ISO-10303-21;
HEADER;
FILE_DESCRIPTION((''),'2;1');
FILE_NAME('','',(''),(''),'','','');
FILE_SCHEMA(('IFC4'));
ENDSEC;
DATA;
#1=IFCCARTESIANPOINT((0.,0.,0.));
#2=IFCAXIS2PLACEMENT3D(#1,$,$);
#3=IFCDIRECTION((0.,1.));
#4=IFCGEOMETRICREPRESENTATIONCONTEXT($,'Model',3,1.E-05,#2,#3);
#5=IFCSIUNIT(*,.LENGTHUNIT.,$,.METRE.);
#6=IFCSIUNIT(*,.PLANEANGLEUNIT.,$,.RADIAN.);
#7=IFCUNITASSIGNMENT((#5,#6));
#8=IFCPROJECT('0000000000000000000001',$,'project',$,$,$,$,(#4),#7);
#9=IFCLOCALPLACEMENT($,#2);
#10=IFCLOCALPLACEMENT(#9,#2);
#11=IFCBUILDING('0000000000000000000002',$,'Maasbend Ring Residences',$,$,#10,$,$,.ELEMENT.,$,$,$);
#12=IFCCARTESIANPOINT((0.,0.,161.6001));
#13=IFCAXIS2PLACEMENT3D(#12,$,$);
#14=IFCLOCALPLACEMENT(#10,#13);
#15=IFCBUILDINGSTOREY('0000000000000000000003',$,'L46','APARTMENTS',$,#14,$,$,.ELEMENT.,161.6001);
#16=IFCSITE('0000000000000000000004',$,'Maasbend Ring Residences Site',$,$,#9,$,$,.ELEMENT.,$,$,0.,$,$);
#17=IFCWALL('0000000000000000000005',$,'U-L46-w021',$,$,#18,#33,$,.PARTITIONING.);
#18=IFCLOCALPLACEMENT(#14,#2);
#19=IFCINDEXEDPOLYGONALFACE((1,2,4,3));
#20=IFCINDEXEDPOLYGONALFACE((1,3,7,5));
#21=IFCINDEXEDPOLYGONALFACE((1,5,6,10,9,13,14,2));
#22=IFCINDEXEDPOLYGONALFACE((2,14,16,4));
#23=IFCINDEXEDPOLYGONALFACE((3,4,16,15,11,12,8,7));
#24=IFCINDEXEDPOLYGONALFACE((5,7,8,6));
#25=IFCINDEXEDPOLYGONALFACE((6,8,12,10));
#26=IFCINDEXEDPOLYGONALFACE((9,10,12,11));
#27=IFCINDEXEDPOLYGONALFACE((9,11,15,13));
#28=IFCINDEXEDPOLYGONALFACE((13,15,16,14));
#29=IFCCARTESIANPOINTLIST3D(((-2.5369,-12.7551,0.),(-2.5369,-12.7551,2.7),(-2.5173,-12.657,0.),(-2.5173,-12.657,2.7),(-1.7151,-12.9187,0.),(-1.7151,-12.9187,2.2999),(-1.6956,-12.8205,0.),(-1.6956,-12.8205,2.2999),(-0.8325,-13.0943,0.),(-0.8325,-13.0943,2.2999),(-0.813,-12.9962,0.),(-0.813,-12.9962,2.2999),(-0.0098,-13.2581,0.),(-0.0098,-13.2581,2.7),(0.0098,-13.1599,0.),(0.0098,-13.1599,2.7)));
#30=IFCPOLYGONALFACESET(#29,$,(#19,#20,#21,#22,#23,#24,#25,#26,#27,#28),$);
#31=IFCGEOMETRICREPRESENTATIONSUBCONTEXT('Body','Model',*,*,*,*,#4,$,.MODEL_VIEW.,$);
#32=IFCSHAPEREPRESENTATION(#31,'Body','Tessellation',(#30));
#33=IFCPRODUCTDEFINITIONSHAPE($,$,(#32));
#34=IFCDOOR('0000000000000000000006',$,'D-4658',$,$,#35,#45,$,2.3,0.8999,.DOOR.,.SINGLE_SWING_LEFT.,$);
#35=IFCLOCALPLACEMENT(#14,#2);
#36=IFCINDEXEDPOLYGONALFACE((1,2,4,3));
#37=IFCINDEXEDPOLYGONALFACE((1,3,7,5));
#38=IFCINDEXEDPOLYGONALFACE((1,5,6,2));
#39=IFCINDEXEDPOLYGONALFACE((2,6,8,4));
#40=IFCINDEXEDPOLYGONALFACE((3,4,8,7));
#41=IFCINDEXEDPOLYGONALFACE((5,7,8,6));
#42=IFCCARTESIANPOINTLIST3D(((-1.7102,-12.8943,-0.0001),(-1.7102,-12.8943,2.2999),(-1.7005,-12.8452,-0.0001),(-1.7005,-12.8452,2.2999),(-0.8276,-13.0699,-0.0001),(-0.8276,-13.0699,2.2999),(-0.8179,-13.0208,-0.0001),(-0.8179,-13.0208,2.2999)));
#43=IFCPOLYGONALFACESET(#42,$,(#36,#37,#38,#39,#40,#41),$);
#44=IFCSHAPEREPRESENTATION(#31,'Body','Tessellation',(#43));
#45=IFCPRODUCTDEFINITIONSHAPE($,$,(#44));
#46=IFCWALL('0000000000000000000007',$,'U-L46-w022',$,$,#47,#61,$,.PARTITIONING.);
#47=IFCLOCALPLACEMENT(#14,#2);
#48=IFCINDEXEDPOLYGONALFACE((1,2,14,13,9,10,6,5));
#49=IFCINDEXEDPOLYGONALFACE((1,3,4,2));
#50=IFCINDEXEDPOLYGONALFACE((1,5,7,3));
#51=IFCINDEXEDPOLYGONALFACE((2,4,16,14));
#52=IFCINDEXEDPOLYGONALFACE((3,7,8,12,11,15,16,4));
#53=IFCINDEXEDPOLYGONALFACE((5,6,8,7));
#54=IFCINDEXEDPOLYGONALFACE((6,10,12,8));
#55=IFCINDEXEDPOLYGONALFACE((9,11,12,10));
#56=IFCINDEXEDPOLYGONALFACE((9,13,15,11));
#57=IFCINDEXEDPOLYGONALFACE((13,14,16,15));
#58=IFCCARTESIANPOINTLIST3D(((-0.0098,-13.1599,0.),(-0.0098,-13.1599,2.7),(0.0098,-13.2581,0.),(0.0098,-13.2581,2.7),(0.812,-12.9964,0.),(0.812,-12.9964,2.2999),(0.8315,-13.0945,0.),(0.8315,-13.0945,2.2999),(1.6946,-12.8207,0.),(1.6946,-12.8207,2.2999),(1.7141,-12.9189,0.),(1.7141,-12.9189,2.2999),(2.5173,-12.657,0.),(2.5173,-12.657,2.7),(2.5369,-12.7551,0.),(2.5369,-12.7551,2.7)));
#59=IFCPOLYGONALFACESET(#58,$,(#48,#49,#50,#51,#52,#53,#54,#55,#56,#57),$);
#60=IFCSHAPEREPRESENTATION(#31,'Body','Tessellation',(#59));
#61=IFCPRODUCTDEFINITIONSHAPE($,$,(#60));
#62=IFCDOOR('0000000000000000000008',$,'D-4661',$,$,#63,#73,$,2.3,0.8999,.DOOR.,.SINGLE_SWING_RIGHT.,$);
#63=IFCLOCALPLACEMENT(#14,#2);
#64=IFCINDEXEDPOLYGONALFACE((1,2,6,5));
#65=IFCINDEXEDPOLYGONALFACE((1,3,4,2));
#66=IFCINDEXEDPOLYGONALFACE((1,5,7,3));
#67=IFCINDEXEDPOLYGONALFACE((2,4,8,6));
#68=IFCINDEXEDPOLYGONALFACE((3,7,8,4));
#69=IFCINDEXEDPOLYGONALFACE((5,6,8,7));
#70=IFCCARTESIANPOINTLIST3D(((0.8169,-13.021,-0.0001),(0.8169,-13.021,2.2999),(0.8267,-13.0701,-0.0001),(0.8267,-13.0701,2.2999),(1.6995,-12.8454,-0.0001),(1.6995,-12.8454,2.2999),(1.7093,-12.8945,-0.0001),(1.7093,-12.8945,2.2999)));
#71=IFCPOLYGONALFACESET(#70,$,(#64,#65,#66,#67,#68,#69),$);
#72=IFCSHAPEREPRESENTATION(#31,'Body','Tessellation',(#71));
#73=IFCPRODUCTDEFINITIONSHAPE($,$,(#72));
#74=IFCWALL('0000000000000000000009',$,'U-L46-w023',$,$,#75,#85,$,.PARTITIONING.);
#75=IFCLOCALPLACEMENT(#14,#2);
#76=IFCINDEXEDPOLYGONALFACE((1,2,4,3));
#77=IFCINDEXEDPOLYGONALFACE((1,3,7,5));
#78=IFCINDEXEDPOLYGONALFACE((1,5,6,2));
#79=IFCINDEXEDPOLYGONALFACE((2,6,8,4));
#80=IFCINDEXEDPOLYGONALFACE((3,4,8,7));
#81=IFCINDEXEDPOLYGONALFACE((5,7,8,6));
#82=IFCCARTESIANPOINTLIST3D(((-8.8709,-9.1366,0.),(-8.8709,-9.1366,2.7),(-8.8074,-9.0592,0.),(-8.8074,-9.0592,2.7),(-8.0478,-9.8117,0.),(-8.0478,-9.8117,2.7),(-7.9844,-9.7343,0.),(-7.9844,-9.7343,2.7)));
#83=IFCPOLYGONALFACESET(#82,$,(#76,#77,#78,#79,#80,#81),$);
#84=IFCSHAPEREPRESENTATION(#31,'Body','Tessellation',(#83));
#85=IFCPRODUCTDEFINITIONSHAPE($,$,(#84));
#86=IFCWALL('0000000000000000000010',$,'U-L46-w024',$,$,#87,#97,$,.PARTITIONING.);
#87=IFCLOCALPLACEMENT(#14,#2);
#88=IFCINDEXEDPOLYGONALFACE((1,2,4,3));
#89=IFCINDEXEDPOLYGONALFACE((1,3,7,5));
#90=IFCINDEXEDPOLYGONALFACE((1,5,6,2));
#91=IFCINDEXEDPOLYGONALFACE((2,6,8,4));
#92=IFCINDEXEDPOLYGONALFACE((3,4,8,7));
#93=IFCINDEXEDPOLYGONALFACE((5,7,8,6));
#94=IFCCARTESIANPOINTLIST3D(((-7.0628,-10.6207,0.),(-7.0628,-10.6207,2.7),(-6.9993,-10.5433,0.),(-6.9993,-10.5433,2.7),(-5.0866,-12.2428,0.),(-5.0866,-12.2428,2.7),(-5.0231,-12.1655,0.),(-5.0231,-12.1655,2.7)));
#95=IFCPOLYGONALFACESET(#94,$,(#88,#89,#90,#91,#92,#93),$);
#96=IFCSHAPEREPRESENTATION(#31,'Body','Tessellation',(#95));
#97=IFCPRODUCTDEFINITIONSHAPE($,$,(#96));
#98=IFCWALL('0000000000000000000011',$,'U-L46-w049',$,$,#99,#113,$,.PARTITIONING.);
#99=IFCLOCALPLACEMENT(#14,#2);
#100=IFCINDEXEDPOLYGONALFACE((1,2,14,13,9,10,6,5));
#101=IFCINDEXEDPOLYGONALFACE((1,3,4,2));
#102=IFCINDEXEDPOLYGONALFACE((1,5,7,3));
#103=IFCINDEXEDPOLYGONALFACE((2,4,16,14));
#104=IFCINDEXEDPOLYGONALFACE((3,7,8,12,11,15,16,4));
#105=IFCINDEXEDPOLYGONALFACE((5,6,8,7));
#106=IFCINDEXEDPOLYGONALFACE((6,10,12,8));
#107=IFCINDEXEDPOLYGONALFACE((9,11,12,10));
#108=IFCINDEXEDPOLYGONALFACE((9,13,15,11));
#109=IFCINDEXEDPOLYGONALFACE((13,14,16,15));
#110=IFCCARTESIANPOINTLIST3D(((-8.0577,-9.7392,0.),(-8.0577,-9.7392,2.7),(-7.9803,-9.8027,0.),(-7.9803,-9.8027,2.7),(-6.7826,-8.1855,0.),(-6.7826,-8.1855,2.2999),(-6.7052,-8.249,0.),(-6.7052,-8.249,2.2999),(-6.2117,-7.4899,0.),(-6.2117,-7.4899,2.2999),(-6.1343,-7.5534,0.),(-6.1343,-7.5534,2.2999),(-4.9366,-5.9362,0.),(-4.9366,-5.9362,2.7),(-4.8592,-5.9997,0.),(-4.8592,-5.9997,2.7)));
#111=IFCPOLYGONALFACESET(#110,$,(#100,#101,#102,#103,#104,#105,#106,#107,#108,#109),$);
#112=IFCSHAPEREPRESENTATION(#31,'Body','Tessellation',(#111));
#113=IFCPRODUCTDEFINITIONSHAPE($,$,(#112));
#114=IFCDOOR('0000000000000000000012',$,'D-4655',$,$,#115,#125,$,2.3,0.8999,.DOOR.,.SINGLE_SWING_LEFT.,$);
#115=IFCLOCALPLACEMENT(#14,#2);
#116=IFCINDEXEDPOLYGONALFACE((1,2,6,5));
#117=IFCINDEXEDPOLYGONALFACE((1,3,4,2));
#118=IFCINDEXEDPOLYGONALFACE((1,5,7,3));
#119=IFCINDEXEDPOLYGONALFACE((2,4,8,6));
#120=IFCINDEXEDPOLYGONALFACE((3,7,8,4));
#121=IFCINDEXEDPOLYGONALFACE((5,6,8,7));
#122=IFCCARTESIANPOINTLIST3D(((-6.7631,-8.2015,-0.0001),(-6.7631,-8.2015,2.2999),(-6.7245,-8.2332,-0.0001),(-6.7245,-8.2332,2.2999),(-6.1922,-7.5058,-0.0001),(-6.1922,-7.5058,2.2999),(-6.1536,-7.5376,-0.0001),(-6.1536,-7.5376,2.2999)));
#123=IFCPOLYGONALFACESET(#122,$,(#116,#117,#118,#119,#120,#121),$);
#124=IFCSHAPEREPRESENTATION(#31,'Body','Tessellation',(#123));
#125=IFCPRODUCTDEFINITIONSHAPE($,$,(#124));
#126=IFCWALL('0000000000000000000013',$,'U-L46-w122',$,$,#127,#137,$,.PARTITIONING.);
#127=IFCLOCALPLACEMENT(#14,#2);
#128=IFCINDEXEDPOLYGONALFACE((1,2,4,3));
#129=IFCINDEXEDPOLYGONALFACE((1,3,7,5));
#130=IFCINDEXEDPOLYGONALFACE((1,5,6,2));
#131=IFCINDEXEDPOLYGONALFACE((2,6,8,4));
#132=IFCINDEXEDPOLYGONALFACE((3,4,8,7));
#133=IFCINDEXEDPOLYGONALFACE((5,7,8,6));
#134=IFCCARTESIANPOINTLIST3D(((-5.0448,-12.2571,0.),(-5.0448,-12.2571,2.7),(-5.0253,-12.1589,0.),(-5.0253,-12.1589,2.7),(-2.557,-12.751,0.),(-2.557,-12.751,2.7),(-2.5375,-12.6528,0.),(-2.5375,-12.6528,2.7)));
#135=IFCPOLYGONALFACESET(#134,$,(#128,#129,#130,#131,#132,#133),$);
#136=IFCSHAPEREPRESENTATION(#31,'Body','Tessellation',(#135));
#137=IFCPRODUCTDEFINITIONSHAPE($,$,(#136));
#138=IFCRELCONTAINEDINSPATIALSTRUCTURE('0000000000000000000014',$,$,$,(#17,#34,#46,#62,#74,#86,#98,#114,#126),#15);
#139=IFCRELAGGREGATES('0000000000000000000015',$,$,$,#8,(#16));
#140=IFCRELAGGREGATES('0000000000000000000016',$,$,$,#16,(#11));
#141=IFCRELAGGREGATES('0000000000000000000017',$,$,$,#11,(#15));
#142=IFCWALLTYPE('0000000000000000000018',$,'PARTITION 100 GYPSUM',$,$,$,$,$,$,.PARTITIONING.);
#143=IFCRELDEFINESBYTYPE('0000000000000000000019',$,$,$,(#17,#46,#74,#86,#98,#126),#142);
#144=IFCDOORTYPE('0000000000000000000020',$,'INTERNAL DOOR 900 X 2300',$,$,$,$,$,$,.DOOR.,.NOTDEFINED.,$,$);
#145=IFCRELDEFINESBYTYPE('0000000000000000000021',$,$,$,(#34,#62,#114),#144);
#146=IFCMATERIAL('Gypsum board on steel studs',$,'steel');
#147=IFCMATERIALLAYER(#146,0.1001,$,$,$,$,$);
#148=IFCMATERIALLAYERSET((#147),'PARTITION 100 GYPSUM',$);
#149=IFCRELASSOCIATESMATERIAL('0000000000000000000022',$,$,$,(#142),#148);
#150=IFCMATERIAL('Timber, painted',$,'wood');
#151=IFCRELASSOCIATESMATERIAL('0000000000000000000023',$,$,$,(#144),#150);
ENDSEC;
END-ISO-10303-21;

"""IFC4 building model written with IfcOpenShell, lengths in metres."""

from ifc_helpers import new_model, si_unit, direction, frame, frame_2d, origin, place, context, subcontext, project, spatial, rectangle, extrude, material, layer, layer_set, type_object, element, fill, save


model = new_model("IFC4")

# Units and contexts
model_context = context("Model", 3, precision=1e-05, world=origin(), true_north=direction((0.0, 1.0)))
body_context = subcontext(model_context, "Body", "Model", "MODEL_VIEW")
ifc_project = project(units=[si_unit("LENGTHUNIT", "METRE"), si_unit("PLANEANGLEUNIT", "RADIAN")], contexts=[model_context])

# Site, building, storey
site_placement = place(None, origin())
site = spatial("IfcSite", under=ifc_project, at=site_placement, Name="Maasbend Ring Residences Site", CompositionType="ELEMENT", RefElevation=0.0)
building_placement = place(site_placement, origin())
building = spatial("IfcBuilding", under=site, at=building_placement, Name="Maasbend Ring Residences", CompositionType="ELEMENT")
storey_placement = place(building_placement, frame((0.0, 0.0, 161.6001)))
storey = spatial("IfcBuildingStorey", under=building, at=storey_placement, Name="L46", Description="APARTMENTS", CompositionType="ELEMENT", Elevation=161.6001)

# Walls, openings, doors
ifc_material_1 = material(Name="Gypsum board on steel studs", Category="steel")
ifc_layer_1 = layer(ifc_material_1, 0.1001)
ifc_layer_set_1 = layer_set([ifc_layer_1], Name="PARTITION 100 GYPSUM")
wall_type = type_object("IfcWallType", Name="PARTITION 100 GYPSUM", PredefinedType="PARTITIONING", material=ifc_layer_set_1)
wall_1_placement = place(storey_placement, frame((-2.5271, -12.7061, 0.0), z_axis=(0.0, 0.0, 1.0), x_axis=(0.980766, -0.195187, 0.0)))
wall_1 = element("IfcWall", 1, at=wall_1_placement, inside=storey, type_object=wall_type, Name="U-L46-w021", PredefinedType="PARTITIONING", context=body_context, shape_type="SweptSolid", body=[
    extrude(rectangle(XDim=2.5767, YDim=0.1001, at=frame_2d((1.2883, 0.0))), origin(), (0.0, 0.0, 1.0), 2.7),
])
opening_1_placement = place(wall_1_placement, frame((0.8379, 0.0, 0.0)))
opening_1 = element("IfcOpeningElement", 2, at=opening_1_placement, cuts=wall_1, PredefinedType="OPENING", context=body_context, shape_type="SweptSolid", body=[
    extrude(rectangle(XDim=0.8999, YDim=2.3, at=frame_2d((0.45, 1.1499))), frame((0.0, 0.0601, 0.0), z_axis=(0.0, -1.0, 0.0), x_axis=(1.0, 0.0, 0.0)), (0.0, 0.0, 1.0), 0.1201),
])
ifc_material_2 = material(Name="Timber, painted", Category="wood")
door_type = type_object("IfcDoorType", Name="INTERNAL DOOR 900 X 2300", OperationType="NOTDEFINED", PredefinedType="DOOR", material=ifc_material_2)
door_1_placement = place(opening_1_placement, origin())
door_1 = element("IfcDoor", 3, at=door_1_placement, inside=storey, type_object=door_type, Name="D-4658", OperationType="SINGLE_SWING_LEFT", OverallHeight=2.3, OverallWidth=0.8999, PredefinedType="DOOR", context=body_context, shape_type="SweptSolid", body=[
    extrude(rectangle(XDim=0.8999, YDim=2.3, at=frame_2d((0.45, 1.1499))), frame((0.0, 0.0249, 0.0), z_axis=(0.0, -1.0, 0.0), x_axis=(1.0, 0.0, 0.0)), (0.0, 0.0, 1.0), 0.05),
])
fill(opening_1, door_1)
wall_2_placement = place(storey_placement, frame((0.0, -13.209, 0.0), z_axis=(0.0, 0.0, 1.0), x_axis=(0.980766, 0.195187, 0.0)))
wall_2 = element("IfcWall", 4, at=wall_2_placement, inside=storey, type_object=wall_type, Name="U-L46-w022", PredefinedType="PARTITIONING", context=body_context, shape_type="SweptSolid", body=[
    extrude(rectangle(XDim=2.5767, YDim=0.1001, at=frame_2d((1.2883, 0.0))), origin(), (0.0, 0.0, 1.0), 2.7),
])
opening_2_placement = place(wall_2_placement, frame((0.8379, 0.0, 0.0)))
opening_2 = element("IfcOpeningElement", 5, at=opening_2_placement, cuts=wall_2, PredefinedType="OPENING", context=body_context, shape_type="SweptSolid", body=[
    extrude(rectangle(XDim=0.8999, YDim=2.3, at=frame_2d((0.45, 1.1499))), frame((0.0, 0.0601, 0.0), z_axis=(0.0, -1.0, 0.0), x_axis=(1.0, 0.0, 0.0)), (0.0, 0.0, 1.0), 0.1201),
])
door_2_placement = place(opening_2_placement, origin())
door_2 = element("IfcDoor", 6, at=door_2_placement, inside=storey, type_object=door_type, Name="D-4661", OperationType="SINGLE_SWING_RIGHT", OverallHeight=2.3, OverallWidth=0.8999, PredefinedType="DOOR", context=body_context, shape_type="SweptSolid", body=[
    extrude(rectangle(XDim=0.8999, YDim=2.3, at=frame_2d((0.45, 1.1499))), frame((0.0, 0.0249, 0.0), z_axis=(0.0, -1.0, 0.0), x_axis=(1.0, 0.0, 0.0)), (0.0, 0.0, 1.0), 0.05),
])
fill(opening_2, door_2)

# Walls
wall_3_placement = place(storey_placement, frame((-8.8391, -9.0979, 0.0), z_axis=(0.0, 0.0, 1.0), x_axis=(0.77318, -0.634187, 0.0)))
element("IfcWall", 7, at=wall_3_placement, inside=storey, type_object=wall_type, Name="U-L46-w023", PredefinedType="PARTITIONING", context=body_context, shape_type="SweptSolid", body=[
    extrude(rectangle(XDim=1.0645, YDim=0.1001, at=frame_2d((0.5322, 0.0))), origin(), (0.0, 0.0, 1.0), 2.7),
])
wall_4_placement = place(storey_placement, frame((-7.031, -10.582, 0.0), z_axis=(0.0, 0.0, 1.0), x_axis=(0.772944, -0.634475, 0.0)))
element("IfcWall", 8, at=wall_4_placement, inside=storey, type_object=wall_type, Name="U-L46-w024", PredefinedType="PARTITIONING", context=body_context, shape_type="SweptSolid", body=[
    extrude(rectangle(XDim=2.5566, YDim=0.1001, at=frame_2d((1.2783, 0.0))), origin(), (0.0, 0.0, 1.0), 2.7),
])

# Wall, opening, door
wall_5_placement = place(storey_placement, frame((-8.019, -9.771, 0.0), z_axis=(0.0, 0.0, 1.0), x_axis=(0.634402, 0.773003, 0.0)))
wall_5 = element("IfcWall", 9, at=wall_5_placement, inside=storey, type_object=wall_type, Name="U-L46-w049", PredefinedType="PARTITIONING", context=body_context, shape_type="SweptSolid", body=[
    extrude(rectangle(XDim=4.9197, YDim=0.1001, at=frame_2d((2.46, 0.0))), origin(), (0.0, 0.0, 1.0), 2.7),
])
opening_3_placement = place(wall_5_placement, frame((2.01, 0.0, 0.0)))
opening_3 = element("IfcOpeningElement", 10, at=opening_3_placement, cuts=wall_5, PredefinedType="OPENING", context=body_context, shape_type="SweptSolid", body=[
    extrude(rectangle(XDim=0.8999, YDim=2.3, at=frame_2d((0.45, 1.1499))), frame((0.0, 0.0601, 0.0), z_axis=(0.0, -1.0, 0.0), x_axis=(1.0, 0.0, 0.0)), (0.0, 0.0, 1.0), 0.1201),
])
door_3_placement = place(opening_3_placement, origin())
door_3 = element("IfcDoor", 11, at=door_3_placement, inside=storey, type_object=door_type, Name="D-4655", OperationType="SINGLE_SWING_LEFT", OverallHeight=2.3, OverallWidth=0.8999, PredefinedType="DOOR", context=body_context, shape_type="SweptSolid", body=[
    extrude(rectangle(XDim=0.8999, YDim=2.3, at=frame_2d((0.45, 1.1499))), frame((0.0, 0.0249, 0.0), z_axis=(0.0, -1.0, 0.0), x_axis=(1.0, 0.0, 0.0)), (0.0, 0.0, 1.0), 0.05),
])
fill(opening_3, door_3)

# Wall
wall_6_placement = place(storey_placement, frame((-5.0349, -12.208, 0.0), z_axis=(0.0, 0.0, 1.0), x_axis=(0.980857, -0.194728, 0.0)))
element("IfcWall", 12, at=wall_6_placement, inside=storey, type_object=wall_type, Name="U-L46-w122", PredefinedType="PARTITIONING", context=body_context, shape_type="SweptSolid", body=[
    extrude(rectangle(XDim=2.5364, YDim=0.1001, at=frame_2d((1.2681, 0.0))), origin(), (0.0, 0.0, 1.0), 2.7),
])

save(model, "model.ifc")
